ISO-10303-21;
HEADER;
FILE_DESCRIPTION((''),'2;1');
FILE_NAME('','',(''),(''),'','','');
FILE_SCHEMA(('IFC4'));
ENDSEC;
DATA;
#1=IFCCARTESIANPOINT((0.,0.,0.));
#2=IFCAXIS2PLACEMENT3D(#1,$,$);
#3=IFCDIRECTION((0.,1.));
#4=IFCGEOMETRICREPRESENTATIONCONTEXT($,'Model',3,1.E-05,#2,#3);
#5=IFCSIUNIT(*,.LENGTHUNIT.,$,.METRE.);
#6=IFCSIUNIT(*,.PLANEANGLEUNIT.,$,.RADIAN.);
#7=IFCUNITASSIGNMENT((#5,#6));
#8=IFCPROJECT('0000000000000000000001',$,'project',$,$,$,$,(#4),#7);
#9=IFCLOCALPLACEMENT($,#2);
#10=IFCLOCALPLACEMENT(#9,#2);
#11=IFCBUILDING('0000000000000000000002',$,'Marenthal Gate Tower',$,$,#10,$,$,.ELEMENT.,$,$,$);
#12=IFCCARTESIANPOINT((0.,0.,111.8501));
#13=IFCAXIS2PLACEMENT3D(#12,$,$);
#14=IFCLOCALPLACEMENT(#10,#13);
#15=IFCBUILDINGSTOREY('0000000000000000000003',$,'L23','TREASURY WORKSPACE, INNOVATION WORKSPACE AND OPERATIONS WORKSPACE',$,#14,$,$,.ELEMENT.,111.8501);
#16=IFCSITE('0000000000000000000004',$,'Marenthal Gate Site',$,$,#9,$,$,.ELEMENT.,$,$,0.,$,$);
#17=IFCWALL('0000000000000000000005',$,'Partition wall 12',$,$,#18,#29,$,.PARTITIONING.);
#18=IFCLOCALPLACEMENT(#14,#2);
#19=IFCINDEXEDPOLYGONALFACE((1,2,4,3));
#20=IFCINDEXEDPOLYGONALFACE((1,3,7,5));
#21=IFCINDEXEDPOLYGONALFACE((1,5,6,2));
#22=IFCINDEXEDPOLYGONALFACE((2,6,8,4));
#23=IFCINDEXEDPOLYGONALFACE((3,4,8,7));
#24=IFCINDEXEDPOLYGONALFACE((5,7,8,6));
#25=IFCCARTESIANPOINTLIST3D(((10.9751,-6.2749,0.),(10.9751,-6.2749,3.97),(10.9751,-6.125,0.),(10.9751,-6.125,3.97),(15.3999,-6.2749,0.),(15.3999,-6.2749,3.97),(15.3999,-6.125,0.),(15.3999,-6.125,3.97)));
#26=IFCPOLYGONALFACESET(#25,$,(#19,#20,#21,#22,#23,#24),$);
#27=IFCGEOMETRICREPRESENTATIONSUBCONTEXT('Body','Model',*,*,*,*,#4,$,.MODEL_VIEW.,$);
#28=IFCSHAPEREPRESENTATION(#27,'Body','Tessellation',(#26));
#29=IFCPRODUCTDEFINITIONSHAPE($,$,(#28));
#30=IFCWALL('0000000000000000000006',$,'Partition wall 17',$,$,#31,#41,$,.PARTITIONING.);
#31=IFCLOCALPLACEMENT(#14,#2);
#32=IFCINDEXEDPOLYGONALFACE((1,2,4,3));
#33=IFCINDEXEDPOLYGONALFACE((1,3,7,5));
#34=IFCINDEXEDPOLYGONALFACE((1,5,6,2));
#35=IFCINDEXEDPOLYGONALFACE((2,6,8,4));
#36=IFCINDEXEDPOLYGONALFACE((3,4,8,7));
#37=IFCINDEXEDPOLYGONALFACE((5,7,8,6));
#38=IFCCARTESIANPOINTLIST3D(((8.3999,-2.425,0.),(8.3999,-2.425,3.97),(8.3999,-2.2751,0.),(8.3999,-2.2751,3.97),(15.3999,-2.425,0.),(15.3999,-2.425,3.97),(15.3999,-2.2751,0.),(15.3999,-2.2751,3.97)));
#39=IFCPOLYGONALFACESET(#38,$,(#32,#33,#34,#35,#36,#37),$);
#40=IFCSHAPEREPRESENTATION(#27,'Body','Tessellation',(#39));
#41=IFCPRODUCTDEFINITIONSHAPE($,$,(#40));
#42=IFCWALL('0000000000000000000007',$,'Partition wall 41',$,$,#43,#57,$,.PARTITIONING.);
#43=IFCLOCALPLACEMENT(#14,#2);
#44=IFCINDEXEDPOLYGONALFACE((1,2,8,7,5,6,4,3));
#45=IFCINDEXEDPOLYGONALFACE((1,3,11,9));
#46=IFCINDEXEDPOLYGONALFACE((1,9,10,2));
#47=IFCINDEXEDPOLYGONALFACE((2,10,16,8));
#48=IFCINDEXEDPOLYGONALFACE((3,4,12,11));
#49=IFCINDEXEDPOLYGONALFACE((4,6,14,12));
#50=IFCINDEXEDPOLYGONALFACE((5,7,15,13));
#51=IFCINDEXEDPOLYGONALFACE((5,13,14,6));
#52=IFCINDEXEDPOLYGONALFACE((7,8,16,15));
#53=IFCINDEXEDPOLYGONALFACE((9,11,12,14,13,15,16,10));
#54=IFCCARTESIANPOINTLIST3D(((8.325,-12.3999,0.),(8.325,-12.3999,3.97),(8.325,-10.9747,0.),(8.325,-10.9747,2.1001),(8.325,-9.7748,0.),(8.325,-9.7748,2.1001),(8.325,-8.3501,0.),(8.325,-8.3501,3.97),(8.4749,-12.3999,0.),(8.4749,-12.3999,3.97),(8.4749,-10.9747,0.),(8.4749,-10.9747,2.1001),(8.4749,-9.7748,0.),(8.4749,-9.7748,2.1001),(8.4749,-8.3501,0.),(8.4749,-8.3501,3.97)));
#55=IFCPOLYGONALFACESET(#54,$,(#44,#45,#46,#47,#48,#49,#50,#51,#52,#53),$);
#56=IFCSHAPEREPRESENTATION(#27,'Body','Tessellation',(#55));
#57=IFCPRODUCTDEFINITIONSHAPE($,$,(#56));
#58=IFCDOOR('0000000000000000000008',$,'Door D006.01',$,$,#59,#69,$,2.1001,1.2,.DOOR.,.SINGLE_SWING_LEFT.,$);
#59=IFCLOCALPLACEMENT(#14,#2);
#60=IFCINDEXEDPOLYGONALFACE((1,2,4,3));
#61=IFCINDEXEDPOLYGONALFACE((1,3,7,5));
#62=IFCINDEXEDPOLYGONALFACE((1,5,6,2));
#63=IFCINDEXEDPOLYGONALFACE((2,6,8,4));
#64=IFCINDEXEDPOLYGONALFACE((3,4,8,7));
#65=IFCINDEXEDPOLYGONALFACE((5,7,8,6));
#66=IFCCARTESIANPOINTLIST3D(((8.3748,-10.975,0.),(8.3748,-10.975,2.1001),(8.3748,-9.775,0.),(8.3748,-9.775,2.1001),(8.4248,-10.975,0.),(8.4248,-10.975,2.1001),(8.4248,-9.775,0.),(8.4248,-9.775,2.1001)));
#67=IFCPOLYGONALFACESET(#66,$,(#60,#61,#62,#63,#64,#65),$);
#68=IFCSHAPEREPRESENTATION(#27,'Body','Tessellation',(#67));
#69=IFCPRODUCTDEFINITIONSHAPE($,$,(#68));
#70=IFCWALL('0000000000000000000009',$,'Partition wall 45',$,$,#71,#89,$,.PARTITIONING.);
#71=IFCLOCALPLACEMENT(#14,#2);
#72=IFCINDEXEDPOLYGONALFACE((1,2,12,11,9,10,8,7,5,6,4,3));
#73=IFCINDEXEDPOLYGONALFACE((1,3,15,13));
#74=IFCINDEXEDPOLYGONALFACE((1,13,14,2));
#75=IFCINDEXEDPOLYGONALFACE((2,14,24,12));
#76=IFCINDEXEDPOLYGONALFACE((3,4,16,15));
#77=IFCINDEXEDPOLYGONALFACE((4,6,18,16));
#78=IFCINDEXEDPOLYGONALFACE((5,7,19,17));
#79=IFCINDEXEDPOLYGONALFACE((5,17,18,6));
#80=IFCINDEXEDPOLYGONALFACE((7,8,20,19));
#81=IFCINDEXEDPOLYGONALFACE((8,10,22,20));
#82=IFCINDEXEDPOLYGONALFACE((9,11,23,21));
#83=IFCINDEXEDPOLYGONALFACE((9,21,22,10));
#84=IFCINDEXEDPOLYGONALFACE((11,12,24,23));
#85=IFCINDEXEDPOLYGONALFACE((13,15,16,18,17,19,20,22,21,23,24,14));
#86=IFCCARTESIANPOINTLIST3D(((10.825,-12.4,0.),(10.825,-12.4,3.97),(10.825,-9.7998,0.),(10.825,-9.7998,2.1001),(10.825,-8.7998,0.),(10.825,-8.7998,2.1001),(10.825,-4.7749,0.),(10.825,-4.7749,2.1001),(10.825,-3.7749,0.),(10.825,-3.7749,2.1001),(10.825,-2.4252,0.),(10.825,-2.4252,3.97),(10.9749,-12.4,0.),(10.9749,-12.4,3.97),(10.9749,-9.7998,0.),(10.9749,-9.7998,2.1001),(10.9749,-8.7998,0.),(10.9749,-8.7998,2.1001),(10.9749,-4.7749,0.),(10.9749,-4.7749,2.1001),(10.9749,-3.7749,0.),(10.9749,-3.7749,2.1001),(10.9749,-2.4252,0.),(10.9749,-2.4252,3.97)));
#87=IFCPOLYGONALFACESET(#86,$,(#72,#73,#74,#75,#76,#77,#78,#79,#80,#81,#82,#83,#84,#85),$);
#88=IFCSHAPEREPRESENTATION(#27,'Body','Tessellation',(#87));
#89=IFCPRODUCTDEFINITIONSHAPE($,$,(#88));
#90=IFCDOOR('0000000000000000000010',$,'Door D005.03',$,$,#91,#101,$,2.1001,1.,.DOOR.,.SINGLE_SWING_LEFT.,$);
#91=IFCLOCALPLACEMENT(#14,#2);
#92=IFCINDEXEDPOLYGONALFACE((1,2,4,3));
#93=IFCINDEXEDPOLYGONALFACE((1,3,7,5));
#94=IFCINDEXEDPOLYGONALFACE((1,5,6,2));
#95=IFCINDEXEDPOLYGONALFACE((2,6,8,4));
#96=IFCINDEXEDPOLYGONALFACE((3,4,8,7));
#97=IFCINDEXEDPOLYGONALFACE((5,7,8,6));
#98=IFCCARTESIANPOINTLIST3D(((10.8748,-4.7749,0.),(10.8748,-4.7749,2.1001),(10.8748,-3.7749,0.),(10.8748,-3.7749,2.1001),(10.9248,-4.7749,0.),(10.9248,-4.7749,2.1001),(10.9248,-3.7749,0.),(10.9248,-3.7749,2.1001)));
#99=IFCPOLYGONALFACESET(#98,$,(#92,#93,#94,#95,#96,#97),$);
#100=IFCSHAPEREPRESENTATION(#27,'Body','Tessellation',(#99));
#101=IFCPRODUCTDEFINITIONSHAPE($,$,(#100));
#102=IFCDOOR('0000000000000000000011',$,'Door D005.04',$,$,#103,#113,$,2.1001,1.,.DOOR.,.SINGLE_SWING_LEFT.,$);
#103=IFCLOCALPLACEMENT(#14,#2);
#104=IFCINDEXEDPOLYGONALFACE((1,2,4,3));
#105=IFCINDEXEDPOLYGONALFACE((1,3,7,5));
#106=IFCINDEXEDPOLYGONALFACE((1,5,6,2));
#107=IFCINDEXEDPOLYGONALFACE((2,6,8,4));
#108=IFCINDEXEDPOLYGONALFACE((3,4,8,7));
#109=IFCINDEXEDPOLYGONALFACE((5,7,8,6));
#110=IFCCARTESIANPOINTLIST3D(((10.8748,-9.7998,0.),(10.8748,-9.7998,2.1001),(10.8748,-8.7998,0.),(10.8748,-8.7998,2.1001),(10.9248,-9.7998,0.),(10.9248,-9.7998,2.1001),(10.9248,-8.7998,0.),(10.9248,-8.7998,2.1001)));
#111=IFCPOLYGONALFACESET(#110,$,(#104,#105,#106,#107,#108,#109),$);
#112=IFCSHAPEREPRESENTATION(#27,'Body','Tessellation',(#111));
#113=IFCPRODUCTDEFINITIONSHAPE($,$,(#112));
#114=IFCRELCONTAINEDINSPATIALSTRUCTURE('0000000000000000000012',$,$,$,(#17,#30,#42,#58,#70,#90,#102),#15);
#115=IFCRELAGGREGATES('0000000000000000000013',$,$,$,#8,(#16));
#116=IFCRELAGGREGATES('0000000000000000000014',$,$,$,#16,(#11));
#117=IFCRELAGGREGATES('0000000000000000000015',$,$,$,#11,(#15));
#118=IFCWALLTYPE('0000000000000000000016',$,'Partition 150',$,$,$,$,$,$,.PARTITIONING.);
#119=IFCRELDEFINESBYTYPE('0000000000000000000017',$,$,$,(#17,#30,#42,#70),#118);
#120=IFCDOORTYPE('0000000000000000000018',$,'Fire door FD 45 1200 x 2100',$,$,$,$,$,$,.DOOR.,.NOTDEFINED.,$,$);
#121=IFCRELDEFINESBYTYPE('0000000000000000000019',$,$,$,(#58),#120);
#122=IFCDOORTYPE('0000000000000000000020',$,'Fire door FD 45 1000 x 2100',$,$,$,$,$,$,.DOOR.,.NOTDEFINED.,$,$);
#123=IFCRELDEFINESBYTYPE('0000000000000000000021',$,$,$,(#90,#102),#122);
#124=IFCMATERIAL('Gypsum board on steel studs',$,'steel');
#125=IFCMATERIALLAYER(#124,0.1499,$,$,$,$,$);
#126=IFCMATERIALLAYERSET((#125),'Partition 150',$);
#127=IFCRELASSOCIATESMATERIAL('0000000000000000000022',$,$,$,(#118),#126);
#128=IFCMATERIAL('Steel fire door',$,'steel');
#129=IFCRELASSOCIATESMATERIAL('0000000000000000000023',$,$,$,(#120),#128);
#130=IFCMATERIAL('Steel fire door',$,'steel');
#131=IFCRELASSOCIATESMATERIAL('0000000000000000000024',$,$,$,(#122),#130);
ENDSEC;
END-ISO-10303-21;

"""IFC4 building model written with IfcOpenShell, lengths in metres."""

from ifc_helpers import new_model, si_unit, direction, frame, frame_2d, origin, place, context, subcontext, project, spatial, rectangle, extrude, material, layer, layer_set, type_object, element, fill, save


model = new_model("IFC4")

# Units and contexts
model_context = context("Model", 3, precision=1e-05, world=origin(), true_north=direction((0.0, 1.0)))
body_context = subcontext(model_context, "Body", "Model", "MODEL_VIEW")
ifc_project = project(units=[si_unit("LENGTHUNIT", "METRE"), si_unit("PLANEANGLEUNIT", "RADIAN")], contexts=[model_context])

# Site, building, storey
site_placement = place(None, origin())
site = spatial("IfcSite", under=ifc_project, at=site_placement, Name="Marenthal Gate Site", CompositionType="ELEMENT", RefElevation=0.0)
building_placement = place(site_placement, origin())
building = spatial("IfcBuilding", under=site, at=building_placement, Name="Marenthal Gate Tower", CompositionType="ELEMENT")
storey_placement = place(building_placement, frame((0.0, 0.0, 111.8501)))
storey = spatial("IfcBuildingStorey", under=building, at=storey_placement, Name="L23", Description="TREASURY WORKSPACE, INNOVATION WORKSPACE AND OPERATIONS WORKSPACE", CompositionType="ELEMENT", Elevation=111.8501)

# Walls
ifc_material_1 = material(Name="Gypsum board on steel studs", Category="steel")
ifc_layer_1 = layer(ifc_material_1, 0.1499)
ifc_layer_set_1 = layer_set([ifc_layer_1], Name="Partition 150")
wall_type_1 = type_object("IfcWallType", Name="Partition 150", PredefinedType="PARTITIONING", material=ifc_layer_set_1)
wall_1_placement = place(storey_placement, frame((10.9751, -6.2, 0.0), z_axis=(0.0, 0.0, 1.0), x_axis=(1.0, 0.0, 0.0)))
element("IfcWall", 1, at=wall_1_placement, inside=storey, type_object=wall_type_1, Name="Partition wall 12", PredefinedType="PARTITIONING", context=body_context, shape_type="SweptSolid", body=[
    extrude(rectangle(XDim=4.4248, YDim=0.1499, at=frame_2d((2.2124, 0.0))), origin(), (0.0, 0.0, 1.0), 3.97),
])
wall_2_placement = place(storey_placement, frame((8.3999, -2.3501, 0.0), z_axis=(0.0, 0.0, 1.0), x_axis=(1.0, 0.0, 0.0)))
element("IfcWall", 2, at=wall_2_placement, inside=storey, type_object=wall_type_1, Name="Partition wall 17", PredefinedType="PARTITIONING", context=body_context, shape_type="SweptSolid", body=[
    extrude(rectangle(XDim=7.0, YDim=0.1499, at=frame_2d((3.5, 0.0))), origin(), (0.0, 0.0, 1.0), 3.97),
])

# Wall, opening, door
wall_3_placement = place(storey_placement, frame((8.3999, -12.3999, 0.0), z_axis=(0.0, 0.0, 1.0), x_axis=(0.0, 1.0, 0.0)))
wall_3 = element("IfcWall", 3, at=wall_3_placement, inside=storey, type_object=wall_type_1, Name="Partition wall 41", PredefinedType="PARTITIONING", context=body_context, shape_type="SweptSolid", body=[
    extrude(rectangle(XDim=4.0498, YDim=0.1499, at=frame_2d((2.0249, 0.0))), origin(), (0.0, 0.0, 1.0), 3.97),
])
opening_1_placement = place(wall_3_placement, frame((1.425, 0.0, 0.0)))
opening_1 = element("IfcOpeningElement", 4, at=opening_1_placement, cuts=wall_3, PredefinedType="OPENING", context=body_context, shape_type="SweptSolid", body=[
    extrude(rectangle(XDim=1.2, YDim=2.1001, at=frame_2d((0.6001, 1.05))), frame((0.0, 0.085, 0.0), z_axis=(0.0, -1.0, 0.0), x_axis=(1.0, 0.0, 0.0)), (0.0, 0.0, 1.0), 0.1699),
])
ifc_material_2 = material(Name="Steel fire door", Category="steel")
door_type_1 = type_object("IfcDoorType", Name="Fire door FD 45 1200 x 2100", OperationType="NOTDEFINED", PredefinedType="DOOR", material=ifc_material_2)
door_1_placement = place(opening_1_placement, frame((1.2, 0.0, 0.0), z_axis=(0.0, 0.0, 1.0), x_axis=(-1.0, 0.0, 0.0)))
door_1 = element("IfcDoor", 5, at=door_1_placement, inside=storey, type_object=door_type_1, Name="Door D006.01", OperationType="SINGLE_SWING_LEFT", OverallHeight=2.1001, OverallWidth=1.2, PredefinedType="DOOR", context=body_context, shape_type="SweptSolid", body=[
    extrude(rectangle(XDim=1.2, YDim=2.1001, at=frame_2d((0.6001, 1.05))), frame((0.0, 0.0249, 0.0), z_axis=(0.0, -1.0, 0.0), x_axis=(1.0, 0.0, 0.0)), (0.0, 0.0, 1.0), 0.05),
])
fill(opening_1, door_1)

# Wall, openings, doors
wall_4_placement = place(storey_placement, frame((10.8999, -12.3999, 0.0), z_axis=(0.0, 0.0, 1.0), x_axis=(0.0, 1.0, 0.0)))
wall_4 = element("IfcWall", 6, at=wall_4_placement, inside=storey, type_object=wall_type_1, Name="Partition wall 45", PredefinedType="PARTITIONING", context=body_context, shape_type="SweptSolid", body=[
    extrude(rectangle(XDim=9.9749, YDim=0.1499, at=frame_2d((4.9873, 0.0))), origin(), (0.0, 0.0, 1.0), 3.97),
])
opening_2_placement = place(wall_4_placement, frame((7.625, 0.0, 0.0)))
opening_2 = element("IfcOpeningElement", 7, at=opening_2_placement, cuts=wall_4, PredefinedType="OPENING", context=body_context, shape_type="SweptSolid", body=[
    extrude(rectangle(XDim=1.0, YDim=2.1001, at=frame_2d((0.5, 1.05))), frame((0.0, 0.085, 0.0), z_axis=(0.0, -1.0, 0.0), x_axis=(1.0, 0.0, 0.0)), (0.0, 0.0, 1.0), 0.1699),
])
opening_3_placement = place(wall_4_placement, frame((2.6001, 0.0, 0.0)))
opening_3 = element("IfcOpeningElement", 8, at=opening_3_placement, cuts=wall_4, PredefinedType="OPENING", context=body_context, shape_type="SweptSolid", body=[
    extrude(rectangle(XDim=1.0, YDim=2.1001, at=frame_2d((0.5, 1.05))), frame((0.0, 0.085, 0.0), z_axis=(0.0, -1.0, 0.0), x_axis=(1.0, 0.0, 0.0)), (0.0, 0.0, 1.0), 0.1699),
])
ifc_material_3 = material(Name="Steel fire door", Category="steel")
door_type_2 = type_object("IfcDoorType", Name="Fire door FD 45 1000 x 2100", OperationType="NOTDEFINED", PredefinedType="DOOR", material=ifc_material_3)
door_2_placement = place(opening_2_placement, frame((1.0, 0.0, 0.0), z_axis=(0.0, 0.0, 1.0), x_axis=(-1.0, 0.0, 0.0)))
door_2 = element("IfcDoor", 9, at=door_2_placement, inside=storey, type_object=door_type_2, Name="Door D005.03", OperationType="SINGLE_SWING_LEFT", OverallHeight=2.1001, OverallWidth=1.0, PredefinedType="DOOR", context=body_context, shape_type="SweptSolid", body=[
    extrude(rectangle(XDim=1.0, YDim=2.1001, at=frame_2d((0.5, 1.05))), frame((0.0, 0.0249, 0.0), z_axis=(0.0, -1.0, 0.0), x_axis=(1.0, 0.0, 0.0)), (0.0, 0.0, 1.0), 0.05),
])
fill(opening_2, door_2)
door_3_placement = place(opening_3_placement, frame((1.0, 0.0, 0.0), z_axis=(0.0, 0.0, 1.0), x_axis=(-1.0, 0.0, 0.0)))
door_3 = element("IfcDoor", 10, at=door_3_placement, inside=storey, type_object=door_type_2, Name="Door D005.04", OperationType="SINGLE_SWING_LEFT", OverallHeight=2.1001, OverallWidth=1.0, PredefinedType="DOOR", context=body_context, shape_type="SweptSolid", body=[
    extrude(rectangle(XDim=1.0, YDim=2.1001, at=frame_2d((0.5, 1.05))), frame((0.0, 0.0249, 0.0), z_axis=(0.0, -1.0, 0.0), x_axis=(1.0, 0.0, 0.0)), (0.0, 0.0, 1.0), 0.05),
])
fill(opening_3, door_3)

save(model, "model.ifc")
